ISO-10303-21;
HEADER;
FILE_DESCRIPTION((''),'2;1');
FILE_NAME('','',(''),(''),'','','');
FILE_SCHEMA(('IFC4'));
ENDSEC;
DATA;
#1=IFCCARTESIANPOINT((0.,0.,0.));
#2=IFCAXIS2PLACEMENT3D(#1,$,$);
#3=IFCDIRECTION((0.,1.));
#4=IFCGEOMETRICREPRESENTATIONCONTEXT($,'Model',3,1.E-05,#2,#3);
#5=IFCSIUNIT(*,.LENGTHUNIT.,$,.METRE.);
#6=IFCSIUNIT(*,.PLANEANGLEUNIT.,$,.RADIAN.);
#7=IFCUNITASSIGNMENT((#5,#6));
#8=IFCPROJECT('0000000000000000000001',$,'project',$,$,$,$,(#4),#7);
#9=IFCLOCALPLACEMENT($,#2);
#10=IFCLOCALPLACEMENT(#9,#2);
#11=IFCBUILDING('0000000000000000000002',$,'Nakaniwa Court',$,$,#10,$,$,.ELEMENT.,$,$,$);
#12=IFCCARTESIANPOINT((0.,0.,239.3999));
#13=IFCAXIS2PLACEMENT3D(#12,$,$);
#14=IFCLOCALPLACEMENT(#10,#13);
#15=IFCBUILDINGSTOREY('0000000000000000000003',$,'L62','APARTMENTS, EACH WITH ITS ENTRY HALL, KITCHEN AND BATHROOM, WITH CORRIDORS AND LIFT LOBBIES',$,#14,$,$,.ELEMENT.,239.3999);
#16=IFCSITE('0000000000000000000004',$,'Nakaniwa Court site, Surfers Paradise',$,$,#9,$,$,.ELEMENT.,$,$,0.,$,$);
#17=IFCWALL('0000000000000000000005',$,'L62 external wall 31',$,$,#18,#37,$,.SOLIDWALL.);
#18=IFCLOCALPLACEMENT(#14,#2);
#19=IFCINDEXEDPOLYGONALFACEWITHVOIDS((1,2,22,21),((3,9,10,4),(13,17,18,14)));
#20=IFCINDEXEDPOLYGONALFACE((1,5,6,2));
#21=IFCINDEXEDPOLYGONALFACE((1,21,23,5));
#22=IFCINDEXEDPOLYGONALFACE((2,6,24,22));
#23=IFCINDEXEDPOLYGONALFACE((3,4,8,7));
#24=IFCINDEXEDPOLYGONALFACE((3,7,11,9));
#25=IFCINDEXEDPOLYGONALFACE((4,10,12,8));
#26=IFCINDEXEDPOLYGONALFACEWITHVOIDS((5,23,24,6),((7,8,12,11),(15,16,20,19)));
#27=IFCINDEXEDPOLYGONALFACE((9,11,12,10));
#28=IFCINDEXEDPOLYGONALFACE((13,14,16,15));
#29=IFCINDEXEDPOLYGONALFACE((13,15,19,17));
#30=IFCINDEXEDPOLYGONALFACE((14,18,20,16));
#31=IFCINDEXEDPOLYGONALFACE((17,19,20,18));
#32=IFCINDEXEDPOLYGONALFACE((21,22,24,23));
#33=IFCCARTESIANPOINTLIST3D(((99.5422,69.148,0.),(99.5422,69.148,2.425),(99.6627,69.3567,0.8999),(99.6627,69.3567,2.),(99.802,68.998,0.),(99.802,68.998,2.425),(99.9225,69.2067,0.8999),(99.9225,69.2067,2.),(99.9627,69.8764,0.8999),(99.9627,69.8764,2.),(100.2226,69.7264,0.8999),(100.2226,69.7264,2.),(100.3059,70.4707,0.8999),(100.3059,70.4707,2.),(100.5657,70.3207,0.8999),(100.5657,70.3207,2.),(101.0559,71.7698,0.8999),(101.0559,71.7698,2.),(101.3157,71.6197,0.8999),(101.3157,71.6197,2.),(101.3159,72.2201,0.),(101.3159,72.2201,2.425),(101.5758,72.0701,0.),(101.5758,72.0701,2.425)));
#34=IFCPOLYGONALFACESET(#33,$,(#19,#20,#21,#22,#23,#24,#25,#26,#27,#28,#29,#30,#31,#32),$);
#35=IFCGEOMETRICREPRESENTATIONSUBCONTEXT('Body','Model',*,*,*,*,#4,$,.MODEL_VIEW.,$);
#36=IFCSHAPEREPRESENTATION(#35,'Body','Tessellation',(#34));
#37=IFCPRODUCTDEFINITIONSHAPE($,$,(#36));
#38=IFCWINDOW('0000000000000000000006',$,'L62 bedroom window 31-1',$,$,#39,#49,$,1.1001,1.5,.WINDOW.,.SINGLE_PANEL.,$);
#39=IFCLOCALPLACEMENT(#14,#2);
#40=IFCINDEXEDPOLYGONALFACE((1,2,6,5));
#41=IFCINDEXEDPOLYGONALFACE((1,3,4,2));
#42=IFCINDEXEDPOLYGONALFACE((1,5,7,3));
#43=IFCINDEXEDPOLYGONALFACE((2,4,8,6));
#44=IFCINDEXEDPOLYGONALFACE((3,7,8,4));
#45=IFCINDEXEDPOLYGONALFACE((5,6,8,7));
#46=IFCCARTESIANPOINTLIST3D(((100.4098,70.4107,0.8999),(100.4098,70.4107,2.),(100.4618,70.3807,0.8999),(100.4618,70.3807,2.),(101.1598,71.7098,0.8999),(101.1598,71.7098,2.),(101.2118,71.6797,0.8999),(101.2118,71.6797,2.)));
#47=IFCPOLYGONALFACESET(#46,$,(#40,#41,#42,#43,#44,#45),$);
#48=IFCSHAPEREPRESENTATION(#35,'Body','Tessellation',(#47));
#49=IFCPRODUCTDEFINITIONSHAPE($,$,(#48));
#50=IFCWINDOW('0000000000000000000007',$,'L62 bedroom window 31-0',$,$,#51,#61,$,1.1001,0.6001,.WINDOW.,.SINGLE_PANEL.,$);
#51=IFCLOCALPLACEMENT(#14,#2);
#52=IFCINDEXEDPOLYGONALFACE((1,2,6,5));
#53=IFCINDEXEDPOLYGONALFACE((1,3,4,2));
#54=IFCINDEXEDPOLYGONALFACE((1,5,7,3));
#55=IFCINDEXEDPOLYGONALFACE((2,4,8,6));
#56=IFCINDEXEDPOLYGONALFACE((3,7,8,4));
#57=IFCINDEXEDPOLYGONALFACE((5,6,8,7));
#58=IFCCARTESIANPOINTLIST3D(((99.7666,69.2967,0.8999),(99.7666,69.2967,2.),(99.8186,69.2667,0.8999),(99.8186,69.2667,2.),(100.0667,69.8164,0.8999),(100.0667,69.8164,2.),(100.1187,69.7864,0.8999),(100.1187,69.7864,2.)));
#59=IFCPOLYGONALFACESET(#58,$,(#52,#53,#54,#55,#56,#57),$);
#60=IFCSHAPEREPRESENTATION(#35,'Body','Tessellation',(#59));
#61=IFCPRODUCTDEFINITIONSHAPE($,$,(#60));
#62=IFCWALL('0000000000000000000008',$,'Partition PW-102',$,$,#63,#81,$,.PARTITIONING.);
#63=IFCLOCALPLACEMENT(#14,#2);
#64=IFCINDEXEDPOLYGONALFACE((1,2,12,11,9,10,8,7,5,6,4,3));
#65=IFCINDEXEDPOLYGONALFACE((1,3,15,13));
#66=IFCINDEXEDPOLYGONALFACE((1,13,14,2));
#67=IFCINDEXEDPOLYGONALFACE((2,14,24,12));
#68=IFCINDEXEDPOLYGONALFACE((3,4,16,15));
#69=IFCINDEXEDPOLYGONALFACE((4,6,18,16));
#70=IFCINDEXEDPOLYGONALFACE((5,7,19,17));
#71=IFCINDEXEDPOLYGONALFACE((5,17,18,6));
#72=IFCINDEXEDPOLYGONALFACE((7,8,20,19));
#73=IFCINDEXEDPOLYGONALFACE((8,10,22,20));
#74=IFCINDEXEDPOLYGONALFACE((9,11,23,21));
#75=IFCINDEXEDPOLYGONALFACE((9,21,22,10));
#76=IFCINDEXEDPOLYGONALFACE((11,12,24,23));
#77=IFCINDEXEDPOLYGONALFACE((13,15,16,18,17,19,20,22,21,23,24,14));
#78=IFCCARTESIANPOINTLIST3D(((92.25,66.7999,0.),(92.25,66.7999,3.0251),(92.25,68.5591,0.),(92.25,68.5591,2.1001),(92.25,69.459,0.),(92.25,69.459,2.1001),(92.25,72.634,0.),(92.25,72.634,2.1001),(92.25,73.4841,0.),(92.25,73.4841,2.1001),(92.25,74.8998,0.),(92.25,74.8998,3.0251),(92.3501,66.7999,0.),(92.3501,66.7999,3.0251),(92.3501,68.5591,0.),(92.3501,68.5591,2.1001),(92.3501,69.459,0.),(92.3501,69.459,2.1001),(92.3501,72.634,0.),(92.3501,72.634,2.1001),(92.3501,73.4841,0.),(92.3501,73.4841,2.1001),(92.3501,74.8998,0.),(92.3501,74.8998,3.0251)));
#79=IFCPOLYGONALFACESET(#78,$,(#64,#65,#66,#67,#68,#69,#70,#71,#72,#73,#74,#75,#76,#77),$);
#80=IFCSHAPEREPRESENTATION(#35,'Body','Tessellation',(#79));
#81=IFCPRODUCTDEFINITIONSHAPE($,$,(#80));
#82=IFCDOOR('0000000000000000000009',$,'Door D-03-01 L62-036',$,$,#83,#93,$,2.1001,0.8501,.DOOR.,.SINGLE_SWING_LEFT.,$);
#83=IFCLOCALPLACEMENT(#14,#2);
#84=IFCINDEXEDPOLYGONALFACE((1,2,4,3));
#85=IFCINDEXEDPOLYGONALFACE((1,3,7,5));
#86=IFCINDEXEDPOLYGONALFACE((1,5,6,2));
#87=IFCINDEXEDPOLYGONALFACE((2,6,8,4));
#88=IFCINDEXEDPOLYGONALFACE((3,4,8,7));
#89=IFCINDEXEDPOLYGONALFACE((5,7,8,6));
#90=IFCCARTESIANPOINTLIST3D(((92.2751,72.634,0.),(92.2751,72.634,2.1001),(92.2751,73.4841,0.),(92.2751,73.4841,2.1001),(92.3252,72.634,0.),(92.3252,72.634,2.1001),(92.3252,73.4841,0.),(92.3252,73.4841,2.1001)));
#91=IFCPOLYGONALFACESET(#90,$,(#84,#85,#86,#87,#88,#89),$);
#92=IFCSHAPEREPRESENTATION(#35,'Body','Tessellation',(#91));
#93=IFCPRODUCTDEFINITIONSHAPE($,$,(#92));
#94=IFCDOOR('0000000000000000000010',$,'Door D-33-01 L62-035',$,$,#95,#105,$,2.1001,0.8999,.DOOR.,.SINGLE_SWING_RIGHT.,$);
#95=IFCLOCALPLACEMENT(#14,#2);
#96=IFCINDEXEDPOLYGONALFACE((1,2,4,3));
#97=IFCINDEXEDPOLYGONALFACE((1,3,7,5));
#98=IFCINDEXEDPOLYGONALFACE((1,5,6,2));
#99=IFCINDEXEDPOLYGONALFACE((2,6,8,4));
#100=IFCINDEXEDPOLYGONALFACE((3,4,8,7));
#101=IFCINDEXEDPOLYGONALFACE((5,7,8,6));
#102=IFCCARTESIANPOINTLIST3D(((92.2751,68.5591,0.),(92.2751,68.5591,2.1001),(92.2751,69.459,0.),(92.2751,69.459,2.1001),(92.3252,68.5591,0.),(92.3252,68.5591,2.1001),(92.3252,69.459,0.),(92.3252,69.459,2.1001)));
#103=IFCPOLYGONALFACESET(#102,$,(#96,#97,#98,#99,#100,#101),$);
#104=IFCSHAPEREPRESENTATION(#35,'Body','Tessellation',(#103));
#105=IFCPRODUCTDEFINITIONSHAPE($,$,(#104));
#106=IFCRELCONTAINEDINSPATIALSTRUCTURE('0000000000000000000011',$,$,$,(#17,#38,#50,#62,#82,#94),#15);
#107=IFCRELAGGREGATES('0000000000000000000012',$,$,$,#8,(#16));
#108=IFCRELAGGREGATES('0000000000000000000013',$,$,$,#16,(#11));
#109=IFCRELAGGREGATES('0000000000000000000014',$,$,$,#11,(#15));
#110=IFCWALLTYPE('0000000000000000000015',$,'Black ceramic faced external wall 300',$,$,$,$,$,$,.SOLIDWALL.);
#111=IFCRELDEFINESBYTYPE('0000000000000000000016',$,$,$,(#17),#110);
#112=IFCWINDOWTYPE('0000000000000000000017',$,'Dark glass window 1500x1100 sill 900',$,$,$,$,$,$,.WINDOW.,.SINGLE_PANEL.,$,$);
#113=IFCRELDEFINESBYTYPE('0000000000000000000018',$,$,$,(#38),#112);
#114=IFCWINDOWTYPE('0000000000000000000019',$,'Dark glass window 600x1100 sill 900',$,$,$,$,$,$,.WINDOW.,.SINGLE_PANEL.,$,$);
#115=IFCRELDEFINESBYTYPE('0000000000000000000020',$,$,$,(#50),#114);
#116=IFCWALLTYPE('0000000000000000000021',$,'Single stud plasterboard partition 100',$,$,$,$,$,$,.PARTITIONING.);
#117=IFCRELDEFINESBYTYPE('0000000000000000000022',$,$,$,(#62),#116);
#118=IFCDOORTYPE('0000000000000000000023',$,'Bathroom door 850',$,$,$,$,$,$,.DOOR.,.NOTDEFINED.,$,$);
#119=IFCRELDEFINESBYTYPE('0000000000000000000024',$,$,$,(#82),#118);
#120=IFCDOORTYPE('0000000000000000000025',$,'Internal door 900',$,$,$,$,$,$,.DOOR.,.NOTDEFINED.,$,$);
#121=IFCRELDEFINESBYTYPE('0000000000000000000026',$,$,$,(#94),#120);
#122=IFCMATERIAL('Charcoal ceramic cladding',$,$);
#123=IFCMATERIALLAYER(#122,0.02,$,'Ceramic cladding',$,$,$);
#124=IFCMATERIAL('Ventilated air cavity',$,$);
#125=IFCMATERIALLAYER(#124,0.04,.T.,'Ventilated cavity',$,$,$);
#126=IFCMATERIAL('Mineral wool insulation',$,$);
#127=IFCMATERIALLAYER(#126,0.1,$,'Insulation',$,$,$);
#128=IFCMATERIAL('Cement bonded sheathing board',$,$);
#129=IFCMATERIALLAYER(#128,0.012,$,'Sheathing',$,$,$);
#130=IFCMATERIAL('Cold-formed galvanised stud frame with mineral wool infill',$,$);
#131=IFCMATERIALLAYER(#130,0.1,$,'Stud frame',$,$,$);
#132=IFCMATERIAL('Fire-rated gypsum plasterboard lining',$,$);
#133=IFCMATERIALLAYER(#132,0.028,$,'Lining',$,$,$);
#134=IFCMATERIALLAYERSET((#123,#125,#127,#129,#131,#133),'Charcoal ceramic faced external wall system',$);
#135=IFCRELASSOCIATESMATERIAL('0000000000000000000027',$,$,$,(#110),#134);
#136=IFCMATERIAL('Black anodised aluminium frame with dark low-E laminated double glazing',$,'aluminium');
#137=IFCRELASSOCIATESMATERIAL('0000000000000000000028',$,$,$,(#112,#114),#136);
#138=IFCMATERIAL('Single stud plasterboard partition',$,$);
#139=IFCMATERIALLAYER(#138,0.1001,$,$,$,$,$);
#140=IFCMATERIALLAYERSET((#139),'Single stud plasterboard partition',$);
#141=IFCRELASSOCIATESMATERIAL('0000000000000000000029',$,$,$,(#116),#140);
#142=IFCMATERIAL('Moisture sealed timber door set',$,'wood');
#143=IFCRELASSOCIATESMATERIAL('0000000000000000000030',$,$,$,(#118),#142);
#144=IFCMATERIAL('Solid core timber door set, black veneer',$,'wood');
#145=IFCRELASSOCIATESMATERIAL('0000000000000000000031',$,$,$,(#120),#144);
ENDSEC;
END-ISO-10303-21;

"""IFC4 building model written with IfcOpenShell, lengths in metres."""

from ifc_helpers import new_model, si_unit, direction, frame, frame_2d, origin, place, context, subcontext, project, spatial, rectangle, extrude, material, layer, layer_set, type_object, element, fill, save


model = new_model("IFC4")

# Units and contexts
model_context = context("Model", 3, precision=1e-05, world=origin(), true_north=direction((0.0, 1.0)))
body_context = subcontext(model_context, "Body", "Model", "MODEL_VIEW")
ifc_project = project(units=[si_unit("LENGTHUNIT", "METRE"), si_unit("PLANEANGLEUNIT", "RADIAN")], contexts=[model_context])

# Site, building, storey
site_placement = place(None, origin())
site = spatial("IfcSite", under=ifc_project, at=site_placement, Name="Nakaniwa Court site, Surfers Paradise", CompositionType="ELEMENT", RefElevation=0.0)
building_placement = place(site_placement, origin())
building = spatial("IfcBuilding", under=site, at=building_placement, Name="Nakaniwa Court", CompositionType="ELEMENT")
storey_placement = place(building_placement, frame((0.0, 0.0, 239.3999)))
storey = spatial("IfcBuildingStorey", under=building, at=storey_placement, Name="L62", Description="APARTMENTS, EACH WITH ITS ENTRY HALL, KITCHEN AND BATHROOM, WITH CORRIDORS AND LIFT LOBBIES", CompositionType="ELEMENT", Elevation=239.3999)

# Shared definitions
ifc_material_1 = material(Name="Charcoal ceramic cladding")
ifc_layer_1 = layer(ifc_material_1, 0.02, Name="Ceramic cladding")
ifc_material_2 = material(Name="Ventilated air cavity")
ifc_layer_2 = layer(ifc_material_2, 0.04, ventilated=True, Name="Ventilated cavity")
ifc_material_3 = material(Name="Mineral wool insulation")
ifc_layer_3 = layer(ifc_material_3, 0.1, Name="Insulation")
ifc_material_4 = material(Name="Cement bonded sheathing board")
ifc_layer_4 = layer(ifc_material_4, 0.012, Name="Sheathing")
ifc_material_5 = material(Name="Cold-formed galvanised stud frame with mineral wool infill")
ifc_layer_5 = layer(ifc_material_5, 0.1, Name="Stud frame")
ifc_material_6 = material(Name="Fire-rated gypsum plasterboard lining")
ifc_layer_6 = layer(ifc_material_6, 0.028, Name="Lining")
ifc_layer_set_1 = layer_set([ifc_layer_1, ifc_layer_2, ifc_layer_3, ifc_layer_4, ifc_layer_5, ifc_layer_6], Name="Charcoal ceramic faced external wall system")
wall_type_1 = type_object("IfcWallType", Name="Black ceramic faced external wall 300", PredefinedType="SOLIDWALL", material=ifc_layer_set_1)
ifc_material_7 = material(Name="Black anodised aluminium frame with dark low-E laminated double glazing", Category="aluminium")

# Wall, openings, windows
wall_1_placement = place(storey_placement, frame((99.6721, 69.073, 0.0), z_axis=(0.0, 0.0, 1.0), x_axis=(0.50001, 0.866019, 0.0)))
wall_1 = element("IfcWall", 1, at=wall_1_placement, inside=storey, type_object=wall_type_1, Name="L62 external wall 31", PredefinedType="SOLIDWALL", context=body_context, shape_type="SweptSolid", body=[
    extrude(rectangle(XDim=3.5474, YDim=0.3, at=frame_2d((1.7737, 0.0))), origin(), (0.0, 0.0, 1.0), 2.425),
])
opening_1_placement = place(wall_1_placement, frame((0.241, 0.0, 0.8999)))
opening_1 = element("IfcOpeningElement", 2, at=opening_1_placement, cuts=wall_1, PredefinedType="OPENING", context=body_context, shape_type="SweptSolid", body=[
    extrude(rectangle(XDim=0.6001, YDim=1.1001, at=frame_2d((0.3, 0.55))), frame((0.0, 0.1599, 0.0), z_axis=(0.0, -1.0, 0.0), x_axis=(1.0, 0.0, 0.0)), (0.0, 0.0, 1.0), 0.3201),
])
opening_2_placement = place(wall_1_placement, frame((1.5273, 0.0, 0.8999)))
opening_2 = element("IfcOpeningElement", 3, at=opening_2_placement, cuts=wall_1, PredefinedType="OPENING", context=body_context, shape_type="SweptSolid", body=[
    extrude(rectangle(XDim=1.5, YDim=1.1001, at=frame_2d((0.75, 0.55))), frame((0.0, 0.1599, 0.0), z_axis=(0.0, -1.0, 0.0), x_axis=(1.0, 0.0, 0.0)), (0.0, 0.0, 1.0), 0.3201),
])
window_type_1 = type_object("IfcWindowType", Name="Dark glass window 1500x1100 sill 900", PartitioningType="SINGLE_PANEL", PredefinedType="WINDOW", material=ifc_material_7)
window_1_placement = place(opening_2_placement, origin())
window_1 = element("IfcWindow", 4, at=window_1_placement, inside=storey, type_object=window_type_1, Name="L62 bedroom window 31-1", OverallHeight=1.1001, OverallWidth=1.5, PartitioningType="SINGLE_PANEL", PredefinedType="WINDOW", context=body_context, shape_type="SweptSolid", body=[
    extrude(rectangle(XDim=1.5, YDim=1.1001, at=frame_2d((0.75, 0.55))), frame((0.0, 0.03, 0.0), z_axis=(0.0, -1.0, 0.0), x_axis=(1.0, 0.0, 0.0)), (0.0, 0.0, 1.0), 0.0601),
])
fill(opening_2, window_1)
window_type_2 = type_object("IfcWindowType", Name="Dark glass window 600x1100 sill 900", PartitioningType="SINGLE_PANEL", PredefinedType="WINDOW", material=ifc_material_7)
window_2_placement = place(opening_1_placement, origin())
window_2 = element("IfcWindow", 5, at=window_2_placement, inside=storey, type_object=window_type_2, Name="L62 bedroom window 31-0", OverallHeight=1.1001, OverallWidth=0.6001, PartitioningType="SINGLE_PANEL", PredefinedType="WINDOW", context=body_context, shape_type="SweptSolid", body=[
    extrude(rectangle(XDim=0.6001, YDim=1.1001, at=frame_2d((0.3, 0.55))), frame((0.0, 0.03, 0.0), z_axis=(0.0, -1.0, 0.0), x_axis=(1.0, 0.0, 0.0)), (0.0, 0.0, 1.0), 0.0601),
])
fill(opening_1, window_2)

# Wall, openings, doors
ifc_material_8 = material(Name="Single stud plasterboard partition")
ifc_layer_7 = layer(ifc_material_8, 0.1001)
ifc_layer_set_2 = layer_set([ifc_layer_7], Name="Single stud plasterboard partition")
wall_type_2 = type_object("IfcWallType", Name="Single stud plasterboard partition 100", PredefinedType="PARTITIONING", material=ifc_layer_set_2)
wall_2_placement = place(storey_placement, frame((92.3, 66.8, 0.0), z_axis=(0.0, 0.0, 1.0), x_axis=(0.0, 1.0, 0.0)))
wall_2 = element("IfcWall", 6, at=wall_2_placement, inside=storey, type_object=wall_type_2, Name="Partition PW-102", PredefinedType="PARTITIONING", context=body_context, shape_type="SweptSolid", body=[
    extrude(rectangle(XDim=8.0999, YDim=0.1001, at=frame_2d((4.0498, 0.0))), origin(), (0.0, 0.0, 1.0), 3.0251),
])
opening_3_placement = place(wall_2_placement, frame((1.759, 0.0, 0.0)))
opening_3 = element("IfcOpeningElement", 7, at=opening_3_placement, cuts=wall_2, PredefinedType="OPENING", context=body_context, shape_type="SweptSolid", body=[
    extrude(rectangle(XDim=0.8999, YDim=2.1001, at=frame_2d((0.45, 1.05))), frame((0.0, 0.0601, 0.0), z_axis=(0.0, -1.0, 0.0), x_axis=(1.0, 0.0, 0.0)), (0.0, 0.0, 1.0), 0.1201),
])
opening_4_placement = place(wall_2_placement, frame((5.834, 0.0, 0.0)))
opening_4 = element("IfcOpeningElement", 8, at=opening_4_placement, cuts=wall_2, PredefinedType="OPENING", context=body_context, shape_type="SweptSolid", body=[
    extrude(rectangle(XDim=0.8501, YDim=2.1001, at=frame_2d((0.425, 1.05))), frame((0.0, 0.0601, 0.0), z_axis=(0.0, -1.0, 0.0), x_axis=(1.0, 0.0, 0.0)), (0.0, 0.0, 1.0), 0.1201),
])
ifc_material_9 = material(Name="Moisture sealed timber door set", Category="wood")
door_type_1 = type_object("IfcDoorType", Name="Bathroom door 850", OperationType="NOTDEFINED", PredefinedType="DOOR", material=ifc_material_9)
door_1_placement = place(opening_4_placement, origin())
door_1 = element("IfcDoor", 9, at=door_1_placement, inside=storey, type_object=door_type_1, Name="Door D-03-01 L62-036", OperationType="SINGLE_SWING_LEFT", OverallHeight=2.1001, OverallWidth=0.8501, PredefinedType="DOOR", context=body_context, shape_type="SweptSolid", body=[
    extrude(rectangle(XDim=0.8501, YDim=2.1001, at=frame_2d((0.425, 1.05))), frame((0.0, 0.0249, 0.0), z_axis=(0.0, -1.0, 0.0), x_axis=(1.0, 0.0, 0.0)), (0.0, 0.0, 1.0), 0.05),
])
fill(opening_4, door_1)
ifc_material_10 = material(Name="Solid core timber door set, black veneer", Category="wood")
door_type_2 = type_object("IfcDoorType", Name="Internal door 900", OperationType="NOTDEFINED", PredefinedType="DOOR", material=ifc_material_10)
door_2_placement = place(opening_3_placement, origin())
door_2 = element("IfcDoor", 10, at=door_2_placement, inside=storey, type_object=door_type_2, Name="Door D-33-01 L62-035", OperationType="SINGLE_SWING_RIGHT", OverallHeight=2.1001, OverallWidth=0.8999, PredefinedType="DOOR", context=body_context, shape_type="SweptSolid", body=[
    extrude(rectangle(XDim=0.8999, YDim=2.1001, at=frame_2d((0.45, 1.05))), frame((0.0, 0.0249, 0.0), z_axis=(0.0, -1.0, 0.0), x_axis=(1.0, 0.0, 0.0)), (0.0, 0.0, 1.0), 0.05),
])
fill(opening_3, door_2)

save(model, "model.ifc")
